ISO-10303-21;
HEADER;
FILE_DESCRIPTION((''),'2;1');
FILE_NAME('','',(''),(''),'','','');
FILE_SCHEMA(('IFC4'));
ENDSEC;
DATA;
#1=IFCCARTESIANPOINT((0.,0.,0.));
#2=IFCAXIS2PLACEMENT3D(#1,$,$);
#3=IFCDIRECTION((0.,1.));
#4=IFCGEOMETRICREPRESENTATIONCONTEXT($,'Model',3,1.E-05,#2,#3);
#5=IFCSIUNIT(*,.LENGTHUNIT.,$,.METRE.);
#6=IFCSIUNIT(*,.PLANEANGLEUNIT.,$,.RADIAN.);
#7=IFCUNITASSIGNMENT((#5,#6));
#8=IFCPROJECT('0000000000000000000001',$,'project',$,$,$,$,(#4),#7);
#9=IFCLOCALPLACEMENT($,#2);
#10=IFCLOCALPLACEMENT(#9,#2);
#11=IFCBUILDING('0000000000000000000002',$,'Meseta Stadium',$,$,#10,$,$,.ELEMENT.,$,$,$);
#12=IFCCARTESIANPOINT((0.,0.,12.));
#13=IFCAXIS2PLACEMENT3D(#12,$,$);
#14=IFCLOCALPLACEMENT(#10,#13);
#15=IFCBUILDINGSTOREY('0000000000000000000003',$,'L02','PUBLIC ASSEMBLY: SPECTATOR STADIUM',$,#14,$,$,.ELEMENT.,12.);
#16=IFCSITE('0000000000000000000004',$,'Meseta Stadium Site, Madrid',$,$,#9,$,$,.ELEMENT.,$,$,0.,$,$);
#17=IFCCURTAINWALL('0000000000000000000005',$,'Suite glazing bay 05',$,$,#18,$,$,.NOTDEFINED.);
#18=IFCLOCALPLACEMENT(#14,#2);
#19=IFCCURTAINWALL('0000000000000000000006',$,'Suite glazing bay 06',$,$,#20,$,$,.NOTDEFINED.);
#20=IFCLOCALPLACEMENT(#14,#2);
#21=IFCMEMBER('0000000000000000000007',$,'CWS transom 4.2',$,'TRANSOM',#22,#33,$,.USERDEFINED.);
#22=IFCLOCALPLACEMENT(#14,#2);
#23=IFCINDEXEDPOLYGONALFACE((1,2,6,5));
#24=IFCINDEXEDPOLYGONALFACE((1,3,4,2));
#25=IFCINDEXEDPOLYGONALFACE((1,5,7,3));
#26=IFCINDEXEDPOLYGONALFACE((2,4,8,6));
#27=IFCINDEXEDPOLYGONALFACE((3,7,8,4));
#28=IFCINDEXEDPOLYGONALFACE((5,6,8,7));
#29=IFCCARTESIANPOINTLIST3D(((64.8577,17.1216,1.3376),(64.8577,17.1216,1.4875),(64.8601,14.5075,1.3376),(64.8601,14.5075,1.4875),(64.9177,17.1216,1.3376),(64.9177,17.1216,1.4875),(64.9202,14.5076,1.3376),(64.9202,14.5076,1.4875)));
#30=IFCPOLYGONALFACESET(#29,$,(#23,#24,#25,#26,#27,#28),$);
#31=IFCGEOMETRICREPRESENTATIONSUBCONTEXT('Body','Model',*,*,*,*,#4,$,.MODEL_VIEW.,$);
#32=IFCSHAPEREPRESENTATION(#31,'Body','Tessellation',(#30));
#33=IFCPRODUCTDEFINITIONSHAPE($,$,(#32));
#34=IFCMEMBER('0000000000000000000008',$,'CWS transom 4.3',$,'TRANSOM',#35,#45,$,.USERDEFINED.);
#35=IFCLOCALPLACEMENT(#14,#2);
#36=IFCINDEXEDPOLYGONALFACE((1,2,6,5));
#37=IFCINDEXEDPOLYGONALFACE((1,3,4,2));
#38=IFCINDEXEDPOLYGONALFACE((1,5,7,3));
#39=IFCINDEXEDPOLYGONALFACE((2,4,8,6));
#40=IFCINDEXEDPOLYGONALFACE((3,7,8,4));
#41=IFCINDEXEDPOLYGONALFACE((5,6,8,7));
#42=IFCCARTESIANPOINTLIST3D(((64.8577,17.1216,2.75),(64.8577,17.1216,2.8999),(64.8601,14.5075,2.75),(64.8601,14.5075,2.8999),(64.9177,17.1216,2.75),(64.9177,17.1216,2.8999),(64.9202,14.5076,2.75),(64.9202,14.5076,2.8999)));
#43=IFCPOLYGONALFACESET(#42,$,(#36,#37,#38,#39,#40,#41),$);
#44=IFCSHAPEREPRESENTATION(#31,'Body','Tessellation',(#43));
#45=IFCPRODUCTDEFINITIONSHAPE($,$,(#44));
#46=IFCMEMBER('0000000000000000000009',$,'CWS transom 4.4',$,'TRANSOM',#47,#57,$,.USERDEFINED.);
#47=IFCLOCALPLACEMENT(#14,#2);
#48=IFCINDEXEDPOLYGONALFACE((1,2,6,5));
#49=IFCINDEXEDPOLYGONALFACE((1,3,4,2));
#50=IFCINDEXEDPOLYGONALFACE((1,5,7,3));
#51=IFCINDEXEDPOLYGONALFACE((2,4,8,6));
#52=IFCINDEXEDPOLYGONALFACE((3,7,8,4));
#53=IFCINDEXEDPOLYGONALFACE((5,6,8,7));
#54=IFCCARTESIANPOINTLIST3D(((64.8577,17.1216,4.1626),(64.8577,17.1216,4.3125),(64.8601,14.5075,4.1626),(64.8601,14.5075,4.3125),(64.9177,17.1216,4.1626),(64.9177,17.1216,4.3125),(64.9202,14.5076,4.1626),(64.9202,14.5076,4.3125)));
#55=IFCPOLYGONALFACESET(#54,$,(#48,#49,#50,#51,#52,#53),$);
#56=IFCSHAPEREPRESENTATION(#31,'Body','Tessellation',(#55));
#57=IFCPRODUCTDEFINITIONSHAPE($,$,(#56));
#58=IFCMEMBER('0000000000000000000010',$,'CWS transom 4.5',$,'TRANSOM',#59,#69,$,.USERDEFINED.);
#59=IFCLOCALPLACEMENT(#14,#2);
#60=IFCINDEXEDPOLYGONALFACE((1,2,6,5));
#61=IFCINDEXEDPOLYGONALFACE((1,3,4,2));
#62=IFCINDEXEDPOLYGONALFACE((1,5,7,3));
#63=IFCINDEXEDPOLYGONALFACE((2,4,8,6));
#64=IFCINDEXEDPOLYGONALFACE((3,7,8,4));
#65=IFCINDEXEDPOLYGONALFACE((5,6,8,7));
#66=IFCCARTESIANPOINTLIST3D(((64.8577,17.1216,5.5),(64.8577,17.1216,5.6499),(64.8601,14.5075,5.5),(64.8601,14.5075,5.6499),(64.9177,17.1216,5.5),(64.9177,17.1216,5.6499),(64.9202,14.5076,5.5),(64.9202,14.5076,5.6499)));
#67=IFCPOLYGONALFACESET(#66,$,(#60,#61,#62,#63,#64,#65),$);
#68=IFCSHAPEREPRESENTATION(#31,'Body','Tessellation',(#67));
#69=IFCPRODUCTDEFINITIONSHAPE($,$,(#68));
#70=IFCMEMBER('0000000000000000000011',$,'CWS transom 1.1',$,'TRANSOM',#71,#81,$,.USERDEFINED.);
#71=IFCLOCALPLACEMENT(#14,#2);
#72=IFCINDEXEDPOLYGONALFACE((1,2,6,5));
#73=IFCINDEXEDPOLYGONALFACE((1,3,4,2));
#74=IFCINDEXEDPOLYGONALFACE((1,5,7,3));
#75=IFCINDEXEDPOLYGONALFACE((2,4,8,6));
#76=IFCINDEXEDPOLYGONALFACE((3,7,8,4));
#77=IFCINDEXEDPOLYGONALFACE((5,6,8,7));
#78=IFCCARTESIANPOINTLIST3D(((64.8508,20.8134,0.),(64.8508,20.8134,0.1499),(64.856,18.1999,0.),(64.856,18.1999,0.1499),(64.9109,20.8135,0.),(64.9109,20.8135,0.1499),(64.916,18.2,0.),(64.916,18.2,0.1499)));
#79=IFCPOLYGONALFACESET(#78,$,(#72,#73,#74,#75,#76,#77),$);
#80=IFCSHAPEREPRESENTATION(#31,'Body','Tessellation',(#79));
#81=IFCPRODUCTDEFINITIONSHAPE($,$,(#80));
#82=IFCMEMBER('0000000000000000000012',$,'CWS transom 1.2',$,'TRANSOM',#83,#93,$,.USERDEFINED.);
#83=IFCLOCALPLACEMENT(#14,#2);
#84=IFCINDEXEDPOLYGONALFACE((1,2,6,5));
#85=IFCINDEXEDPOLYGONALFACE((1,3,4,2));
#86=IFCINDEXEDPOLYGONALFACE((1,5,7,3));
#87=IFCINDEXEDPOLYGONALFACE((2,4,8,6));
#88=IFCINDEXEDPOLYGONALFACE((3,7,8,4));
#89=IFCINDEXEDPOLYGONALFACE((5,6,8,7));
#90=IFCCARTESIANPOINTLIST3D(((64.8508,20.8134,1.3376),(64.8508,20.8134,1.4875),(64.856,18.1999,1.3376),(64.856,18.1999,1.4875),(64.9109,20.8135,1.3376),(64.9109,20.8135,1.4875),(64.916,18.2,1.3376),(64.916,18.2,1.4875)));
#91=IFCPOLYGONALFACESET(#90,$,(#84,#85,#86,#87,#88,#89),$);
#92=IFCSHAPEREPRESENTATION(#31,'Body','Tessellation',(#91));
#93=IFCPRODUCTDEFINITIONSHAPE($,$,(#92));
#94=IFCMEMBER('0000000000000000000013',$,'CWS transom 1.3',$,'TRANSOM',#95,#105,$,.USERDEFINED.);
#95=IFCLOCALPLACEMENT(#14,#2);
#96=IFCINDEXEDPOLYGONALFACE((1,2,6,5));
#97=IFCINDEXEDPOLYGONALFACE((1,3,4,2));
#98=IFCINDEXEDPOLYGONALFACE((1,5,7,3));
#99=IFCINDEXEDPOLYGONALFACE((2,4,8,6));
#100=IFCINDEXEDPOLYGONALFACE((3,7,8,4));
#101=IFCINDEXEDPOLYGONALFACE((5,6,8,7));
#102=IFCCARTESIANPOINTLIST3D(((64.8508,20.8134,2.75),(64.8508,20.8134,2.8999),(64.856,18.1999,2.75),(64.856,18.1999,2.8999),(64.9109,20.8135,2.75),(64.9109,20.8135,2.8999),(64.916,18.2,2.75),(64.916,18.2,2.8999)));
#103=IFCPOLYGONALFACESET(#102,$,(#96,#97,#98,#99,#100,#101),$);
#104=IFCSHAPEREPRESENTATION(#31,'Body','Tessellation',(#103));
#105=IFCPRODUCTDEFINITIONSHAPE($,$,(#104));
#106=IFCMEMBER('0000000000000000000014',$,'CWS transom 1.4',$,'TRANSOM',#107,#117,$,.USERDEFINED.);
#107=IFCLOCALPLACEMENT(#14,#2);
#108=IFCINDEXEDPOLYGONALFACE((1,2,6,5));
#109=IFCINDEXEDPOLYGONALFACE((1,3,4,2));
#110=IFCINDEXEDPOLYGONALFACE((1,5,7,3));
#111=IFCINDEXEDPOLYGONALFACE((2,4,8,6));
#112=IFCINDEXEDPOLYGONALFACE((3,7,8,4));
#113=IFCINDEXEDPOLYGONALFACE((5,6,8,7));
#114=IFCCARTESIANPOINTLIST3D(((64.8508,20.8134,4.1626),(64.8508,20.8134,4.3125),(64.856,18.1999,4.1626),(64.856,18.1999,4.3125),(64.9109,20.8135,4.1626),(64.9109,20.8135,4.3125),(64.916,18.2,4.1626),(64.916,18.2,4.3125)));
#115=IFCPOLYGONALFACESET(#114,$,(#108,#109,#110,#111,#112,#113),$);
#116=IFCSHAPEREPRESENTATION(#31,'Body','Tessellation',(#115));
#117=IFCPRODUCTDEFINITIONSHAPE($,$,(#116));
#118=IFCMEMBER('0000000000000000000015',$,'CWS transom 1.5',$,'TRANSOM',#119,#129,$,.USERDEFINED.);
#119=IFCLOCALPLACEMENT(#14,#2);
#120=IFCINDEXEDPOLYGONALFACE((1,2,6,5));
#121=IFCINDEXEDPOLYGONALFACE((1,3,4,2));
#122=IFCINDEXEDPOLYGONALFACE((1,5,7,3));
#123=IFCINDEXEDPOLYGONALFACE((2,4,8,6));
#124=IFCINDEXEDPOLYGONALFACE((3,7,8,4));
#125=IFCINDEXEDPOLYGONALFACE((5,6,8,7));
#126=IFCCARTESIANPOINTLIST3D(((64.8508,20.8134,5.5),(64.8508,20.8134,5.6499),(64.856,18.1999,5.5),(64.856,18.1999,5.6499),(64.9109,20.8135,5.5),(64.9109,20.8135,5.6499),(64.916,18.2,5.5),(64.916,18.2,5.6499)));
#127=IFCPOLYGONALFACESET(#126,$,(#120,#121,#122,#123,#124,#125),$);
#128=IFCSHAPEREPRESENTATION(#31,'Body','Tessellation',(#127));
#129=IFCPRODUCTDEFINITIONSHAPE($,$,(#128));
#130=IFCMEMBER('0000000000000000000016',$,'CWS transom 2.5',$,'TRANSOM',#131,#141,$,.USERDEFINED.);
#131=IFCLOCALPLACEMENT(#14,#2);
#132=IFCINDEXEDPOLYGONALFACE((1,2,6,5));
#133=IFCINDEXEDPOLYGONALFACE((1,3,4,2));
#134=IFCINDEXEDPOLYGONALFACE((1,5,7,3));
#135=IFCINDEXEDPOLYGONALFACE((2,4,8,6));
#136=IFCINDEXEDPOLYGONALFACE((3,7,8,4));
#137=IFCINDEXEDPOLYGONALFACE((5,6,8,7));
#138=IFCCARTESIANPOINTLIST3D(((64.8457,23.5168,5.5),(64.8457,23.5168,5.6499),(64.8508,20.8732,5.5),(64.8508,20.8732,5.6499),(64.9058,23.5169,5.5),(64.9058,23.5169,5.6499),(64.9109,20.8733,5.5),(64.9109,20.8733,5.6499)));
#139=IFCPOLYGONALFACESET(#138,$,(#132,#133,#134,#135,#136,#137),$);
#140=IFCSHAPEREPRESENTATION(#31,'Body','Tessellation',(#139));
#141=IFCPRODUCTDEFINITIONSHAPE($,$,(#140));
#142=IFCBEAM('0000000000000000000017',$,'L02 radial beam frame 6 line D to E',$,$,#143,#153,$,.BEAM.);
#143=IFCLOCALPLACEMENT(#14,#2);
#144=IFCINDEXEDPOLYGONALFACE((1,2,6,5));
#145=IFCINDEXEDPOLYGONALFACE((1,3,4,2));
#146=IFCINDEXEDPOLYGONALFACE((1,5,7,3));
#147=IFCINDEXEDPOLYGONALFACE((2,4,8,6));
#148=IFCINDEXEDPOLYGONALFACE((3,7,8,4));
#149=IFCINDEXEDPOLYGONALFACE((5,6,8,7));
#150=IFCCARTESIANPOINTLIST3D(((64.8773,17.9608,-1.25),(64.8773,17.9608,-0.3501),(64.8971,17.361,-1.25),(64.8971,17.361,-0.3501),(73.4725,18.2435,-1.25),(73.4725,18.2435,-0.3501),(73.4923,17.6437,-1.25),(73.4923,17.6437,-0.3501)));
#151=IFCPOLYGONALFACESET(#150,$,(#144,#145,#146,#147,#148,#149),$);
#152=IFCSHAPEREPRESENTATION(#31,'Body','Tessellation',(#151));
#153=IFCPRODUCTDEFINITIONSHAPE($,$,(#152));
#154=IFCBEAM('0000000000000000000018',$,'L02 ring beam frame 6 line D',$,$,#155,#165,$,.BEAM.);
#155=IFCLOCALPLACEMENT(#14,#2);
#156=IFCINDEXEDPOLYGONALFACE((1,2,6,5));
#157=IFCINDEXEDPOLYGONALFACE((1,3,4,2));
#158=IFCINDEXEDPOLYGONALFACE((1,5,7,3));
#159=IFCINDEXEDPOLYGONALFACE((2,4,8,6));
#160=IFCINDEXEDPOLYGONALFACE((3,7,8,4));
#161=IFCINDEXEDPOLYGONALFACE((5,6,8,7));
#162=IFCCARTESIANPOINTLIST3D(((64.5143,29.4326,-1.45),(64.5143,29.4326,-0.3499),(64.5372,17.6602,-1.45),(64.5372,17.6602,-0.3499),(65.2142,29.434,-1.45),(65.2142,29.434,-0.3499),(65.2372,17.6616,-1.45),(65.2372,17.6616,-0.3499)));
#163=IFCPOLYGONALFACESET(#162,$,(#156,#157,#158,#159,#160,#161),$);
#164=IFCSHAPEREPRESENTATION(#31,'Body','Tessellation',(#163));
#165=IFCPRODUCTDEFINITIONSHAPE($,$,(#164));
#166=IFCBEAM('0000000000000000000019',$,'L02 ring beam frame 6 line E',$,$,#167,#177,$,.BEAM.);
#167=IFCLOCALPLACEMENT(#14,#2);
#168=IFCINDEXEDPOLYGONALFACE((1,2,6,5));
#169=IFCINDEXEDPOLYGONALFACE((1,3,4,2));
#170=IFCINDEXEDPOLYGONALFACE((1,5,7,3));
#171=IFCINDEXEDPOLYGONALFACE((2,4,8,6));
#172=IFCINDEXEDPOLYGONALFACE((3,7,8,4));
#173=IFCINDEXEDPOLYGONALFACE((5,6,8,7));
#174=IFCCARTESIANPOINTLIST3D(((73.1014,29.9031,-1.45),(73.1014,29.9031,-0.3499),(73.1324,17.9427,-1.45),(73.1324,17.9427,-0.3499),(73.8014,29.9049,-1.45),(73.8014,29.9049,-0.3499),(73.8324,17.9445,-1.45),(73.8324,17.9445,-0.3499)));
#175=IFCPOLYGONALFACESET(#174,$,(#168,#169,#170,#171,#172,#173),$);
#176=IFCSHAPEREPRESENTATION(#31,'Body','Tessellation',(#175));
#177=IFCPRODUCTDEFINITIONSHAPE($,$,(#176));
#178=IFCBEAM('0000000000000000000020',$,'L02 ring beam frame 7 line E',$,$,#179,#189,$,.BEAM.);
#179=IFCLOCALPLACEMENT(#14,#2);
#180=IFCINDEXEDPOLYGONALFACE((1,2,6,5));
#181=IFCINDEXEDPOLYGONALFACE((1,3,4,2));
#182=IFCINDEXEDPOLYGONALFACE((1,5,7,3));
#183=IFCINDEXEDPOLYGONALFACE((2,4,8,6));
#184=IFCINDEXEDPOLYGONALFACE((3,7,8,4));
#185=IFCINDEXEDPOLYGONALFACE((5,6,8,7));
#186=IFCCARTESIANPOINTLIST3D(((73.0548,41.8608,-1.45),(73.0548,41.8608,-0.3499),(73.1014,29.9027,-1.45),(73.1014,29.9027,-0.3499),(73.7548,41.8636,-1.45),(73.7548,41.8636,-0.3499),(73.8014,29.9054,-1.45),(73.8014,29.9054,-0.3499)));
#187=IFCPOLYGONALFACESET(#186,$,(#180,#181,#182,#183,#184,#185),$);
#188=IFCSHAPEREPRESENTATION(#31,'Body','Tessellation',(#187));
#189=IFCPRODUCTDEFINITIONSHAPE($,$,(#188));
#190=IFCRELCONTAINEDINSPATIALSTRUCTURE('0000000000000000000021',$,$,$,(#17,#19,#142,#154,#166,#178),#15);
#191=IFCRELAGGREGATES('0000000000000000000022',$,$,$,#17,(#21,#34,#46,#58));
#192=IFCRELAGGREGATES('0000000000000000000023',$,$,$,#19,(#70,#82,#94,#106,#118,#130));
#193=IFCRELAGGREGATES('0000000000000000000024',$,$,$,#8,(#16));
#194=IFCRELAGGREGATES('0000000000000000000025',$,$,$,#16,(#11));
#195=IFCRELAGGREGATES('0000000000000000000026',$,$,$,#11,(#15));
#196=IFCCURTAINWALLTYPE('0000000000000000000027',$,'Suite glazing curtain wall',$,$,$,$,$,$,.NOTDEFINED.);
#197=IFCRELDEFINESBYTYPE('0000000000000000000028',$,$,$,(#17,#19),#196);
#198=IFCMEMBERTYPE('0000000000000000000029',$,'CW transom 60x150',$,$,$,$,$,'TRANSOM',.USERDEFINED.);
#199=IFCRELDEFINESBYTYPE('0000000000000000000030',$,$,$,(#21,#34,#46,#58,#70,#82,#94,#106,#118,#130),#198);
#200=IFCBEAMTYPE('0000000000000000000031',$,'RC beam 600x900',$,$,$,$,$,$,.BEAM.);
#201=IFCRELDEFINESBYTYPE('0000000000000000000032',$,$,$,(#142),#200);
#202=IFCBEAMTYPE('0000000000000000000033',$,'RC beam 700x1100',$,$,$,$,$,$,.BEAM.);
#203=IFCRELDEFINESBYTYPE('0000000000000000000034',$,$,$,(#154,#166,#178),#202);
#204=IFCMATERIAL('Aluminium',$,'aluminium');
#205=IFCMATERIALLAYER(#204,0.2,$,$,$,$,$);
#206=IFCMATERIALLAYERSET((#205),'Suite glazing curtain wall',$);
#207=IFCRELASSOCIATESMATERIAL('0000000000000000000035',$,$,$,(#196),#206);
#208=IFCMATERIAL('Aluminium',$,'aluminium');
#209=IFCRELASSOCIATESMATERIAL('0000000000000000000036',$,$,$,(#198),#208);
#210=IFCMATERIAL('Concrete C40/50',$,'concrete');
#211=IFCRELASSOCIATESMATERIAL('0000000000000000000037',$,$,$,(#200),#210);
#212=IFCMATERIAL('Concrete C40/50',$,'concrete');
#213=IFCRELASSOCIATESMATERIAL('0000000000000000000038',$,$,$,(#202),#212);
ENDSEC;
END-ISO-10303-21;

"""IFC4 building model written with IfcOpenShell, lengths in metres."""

from ifc_helpers import new_model, si_unit, direction, frame, origin, origin_2d, place, context, subcontext, project, spatial, rectangle, extrude, material, layer, layer_set, material_profile, profile_set, type_object, element, aggregate, save


model = new_model("IFC4")

# Units and contexts
model_context = context("Model", 3, precision=1e-05, world=origin(), true_north=direction((0.0, 1.0)))
body_context = subcontext(model_context, "Body", "Model", "MODEL_VIEW")
ifc_project = project(units=[si_unit("LENGTHUNIT", "METRE"), si_unit("PLANEANGLEUNIT", "RADIAN")], contexts=[model_context])

# Site, building, storey
site_placement = place(None, origin())
site = spatial("IfcSite", under=ifc_project, at=site_placement, Name="Meseta Stadium Site, Madrid", CompositionType="ELEMENT", RefElevation=0.0)
building_placement = place(site_placement, origin())
building = spatial("IfcBuilding", under=site, at=building_placement, Name="Meseta Stadium", CompositionType="ELEMENT")
storey_placement = place(building_placement, frame((0.0, 0.0, 12.0)))
storey = spatial("IfcBuildingStorey", under=building, at=storey_placement, Name="L02", Description="PUBLIC ASSEMBLY: SPECTATOR STADIUM", CompositionType="ELEMENT", Elevation=12.0)

# Curtain wall
ifc_material_1 = material(Name="Aluminium", Category="aluminium")
ifc_layer_1 = layer(ifc_material_1, 0.2)
ifc_layer_set_1 = layer_set([ifc_layer_1], Name="Suite glazing curtain wall")
curtain_wall_type = type_object("IfcCurtainWallType", Name="Suite glazing curtain wall", PredefinedType="NOTDEFINED", material=ifc_layer_set_1)
curtain_wall_1_placement = place(storey_placement, origin())
curtain_wall_1 = element("IfcCurtainWall", 1, at=curtain_wall_1_placement, inside=storey, type_object=curtain_wall_type, Name="Suite glazing bay 05", PredefinedType="NOTDEFINED")

# Curtain wall
curtain_wall_2_placement = place(storey_placement, origin())
curtain_wall_2 = element("IfcCurtainWall", 2, at=curtain_wall_2_placement, inside=storey, type_object=curtain_wall_type, Name="Suite glazing bay 06", PredefinedType="NOTDEFINED")

# Members
ifc_material_2 = material(Name="Aluminium", Category="aluminium")
ifc_material_profile_1 = material_profile(ifc_material_2, rectangle(XDim=0.0601, YDim=0.1499, at=origin_2d()), Name="CW 60x150")
ifc_profile_set_1 = profile_set([ifc_material_profile_1], Name="Aluminium")
member_type_1 = type_object("IfcMemberType", Name="CW transom 60x150", ElementType="TRANSOM", PredefinedType="USERDEFINED", material=ifc_profile_set_1)
member_1_placement = place(storey_placement, frame((64.8901, 14.5076, 1.4126), z_axis=(-0.000934, 1.0, 0.0), x_axis=(-1.0, -0.000934, 0.0)))
member_1 = element("IfcMember", 3, at=member_1_placement, type_object=member_type_1, Name="CWS transom 4.2", ObjectType="TRANSOM", PredefinedType="USERDEFINED", context=body_context, shape_type="SweptSolid", body=[
    extrude(rectangle(XDim=0.0601, YDim=0.1499, at=origin_2d()), origin(), (0.0, 0.0, 1.0), 2.614),
])
member_2_placement = place(storey_placement, frame((64.8901, 14.5076, 2.825), z_axis=(-0.000934, 1.0, 0.0), x_axis=(-1.0, -0.000934, 0.0)))
member_2 = element("IfcMember", 4, at=member_2_placement, type_object=member_type_1, Name="CWS transom 4.3", ObjectType="TRANSOM", PredefinedType="USERDEFINED", context=body_context, shape_type="SweptSolid", body=[
    extrude(rectangle(XDim=0.0601, YDim=0.1499, at=origin_2d()), origin(), (0.0, 0.0, 1.0), 2.614),
])
member_3_placement = place(storey_placement, frame((64.8901, 14.5076, 4.2375), z_axis=(-0.000934, 1.0, 0.0), x_axis=(-1.0, -0.000934, 0.0)))
member_3 = element("IfcMember", 5, at=member_3_placement, type_object=member_type_1, Name="CWS transom 4.4", ObjectType="TRANSOM", PredefinedType="USERDEFINED", context=body_context, shape_type="SweptSolid", body=[
    extrude(rectangle(XDim=0.0601, YDim=0.1499, at=origin_2d()), origin(), (0.0, 0.0, 1.0), 2.614),
])
member_4_placement = place(storey_placement, frame((64.8901, 14.5076, 5.575), z_axis=(-0.000934, 1.0, 0.0), x_axis=(-1.0, -0.000934, 0.0)))
member_4 = element("IfcMember", 6, at=member_4_placement, type_object=member_type_1, Name="CWS transom 4.5", ObjectType="TRANSOM", PredefinedType="USERDEFINED", context=body_context, shape_type="SweptSolid", body=[
    extrude(rectangle(XDim=0.0601, YDim=0.1499, at=origin_2d()), origin(), (0.0, 0.0, 1.0), 2.614),
])
member_5_placement = place(storey_placement, frame((64.886, 18.2, 0.075), z_axis=(-0.001962, 0.999998, 0.0), x_axis=(-0.999998, -0.001962, 0.0)))
member_5 = element("IfcMember", 7, at=member_5_placement, type_object=member_type_1, Name="CWS transom 1.1", ObjectType="TRANSOM", PredefinedType="USERDEFINED", context=body_context, shape_type="SweptSolid", body=[
    extrude(rectangle(XDim=0.0601, YDim=0.1499, at=origin_2d()), origin(), (0.0, 0.0, 1.0), 2.6135),
])
member_6_placement = place(storey_placement, frame((64.886, 18.2, 1.4126), z_axis=(-0.001962, 0.999998, 0.0), x_axis=(-0.999998, -0.001962, 0.0)))
member_6 = element("IfcMember", 8, at=member_6_placement, type_object=member_type_1, Name="CWS transom 1.2", ObjectType="TRANSOM", PredefinedType="USERDEFINED", context=body_context, shape_type="SweptSolid", body=[
    extrude(rectangle(XDim=0.0601, YDim=0.1499, at=origin_2d()), origin(), (0.0, 0.0, 1.0), 2.6135),
])
member_7_placement = place(storey_placement, frame((64.886, 18.2, 2.825), z_axis=(-0.001962, 0.999998, 0.0), x_axis=(-0.999998, -0.001962, 0.0)))
member_7 = element("IfcMember", 9, at=member_7_placement, type_object=member_type_1, Name="CWS transom 1.3", ObjectType="TRANSOM", PredefinedType="USERDEFINED", context=body_context, shape_type="SweptSolid", body=[
    extrude(rectangle(XDim=0.0601, YDim=0.1499, at=origin_2d()), origin(), (0.0, 0.0, 1.0), 2.6135),
])
member_8_placement = place(storey_placement, frame((64.886, 18.2, 4.2375), z_axis=(-0.001962, 0.999998, 0.0), x_axis=(-0.999998, -0.001962, 0.0)))
member_8 = element("IfcMember", 10, at=member_8_placement, type_object=member_type_1, Name="CWS transom 1.4", ObjectType="TRANSOM", PredefinedType="USERDEFINED", context=body_context, shape_type="SweptSolid", body=[
    extrude(rectangle(XDim=0.0601, YDim=0.1499, at=origin_2d()), origin(), (0.0, 0.0, 1.0), 2.6135),
])
member_9_placement = place(storey_placement, frame((64.886, 18.2, 5.575), z_axis=(-0.001962, 0.999998, 0.0), x_axis=(-0.999998, -0.001962, 0.0)))
member_9 = element("IfcMember", 11, at=member_9_placement, type_object=member_type_1, Name="CWS transom 1.5", ObjectType="TRANSOM", PredefinedType="USERDEFINED", context=body_context, shape_type="SweptSolid", body=[
    extrude(rectangle(XDim=0.0601, YDim=0.1499, at=origin_2d()), origin(), (0.0, 0.0, 1.0), 2.6135),
])
member_10_placement = place(storey_placement, frame((64.8809, 20.8733, 5.575), z_axis=(-0.001939, 0.999998, 0.0), x_axis=(-0.999998, -0.001939, 0.0)))
member_10 = element("IfcMember", 12, at=member_10_placement, type_object=member_type_1, Name="CWS transom 2.5", ObjectType="TRANSOM", PredefinedType="USERDEFINED", context=body_context, shape_type="SweptSolid", body=[
    extrude(rectangle(XDim=0.0601, YDim=0.1499, at=origin_2d()), origin(), (0.0, 0.0, 1.0), 2.6436),
])

# Beams
ifc_material_3 = material(Name="Concrete C40/50", Category="concrete")
ifc_material_profile_2 = material_profile(ifc_material_3, rectangle(XDim=0.6001, YDim=0.8999, at=origin_2d()), Name="RC 600x900")
ifc_profile_set_2 = profile_set([ifc_material_profile_2], Name="Concrete C40/50")
beam_type_1 = type_object("IfcBeamType", Name="RC beam 600x900", PredefinedType="BEAM", material=ifc_profile_set_2)
beam_1_placement = place(storey_placement, frame((64.8872, 17.6609, -0.8), z_axis=(0.999459, 0.032874, 0.0), x_axis=(-0.032874, 0.999459, 0.0)))
element("IfcBeam", 13, at=beam_1_placement, inside=storey, type_object=beam_type_1, Name="L02 radial beam frame 6 line D to E", PredefinedType="BEAM", context=body_context, shape_type="SweptSolid", body=[
    extrude(rectangle(XDim=0.6001, YDim=0.8999, at=origin_2d()), origin(), (0.0, 0.0, 1.0), 8.5999),
])
ifc_material_4 = material(Name="Concrete C40/50", Category="concrete")
ifc_material_profile_3 = material_profile(ifc_material_4, rectangle(XDim=0.7, YDim=1.1001, at=origin_2d()), Name="RC 700x1100")
ifc_profile_set_3 = profile_set([ifc_material_profile_3], Name="Concrete C40/50")
beam_type_2 = type_object("IfcBeamType", Name="RC beam 700x1100", PredefinedType="BEAM", material=ifc_profile_set_3)
beam_2_placement = place(storey_placement, frame((64.8872, 17.6609, -0.8999), z_axis=(-0.001949, 0.999998, 0.0), x_axis=(-0.999998, -0.001949, 0.0)))
element("IfcBeam", 14, at=beam_2_placement, inside=storey, type_object=beam_type_2, Name="L02 ring beam frame 6 line D", PredefinedType="BEAM", context=body_context, shape_type="SweptSolid", body=[
    extrude(rectangle(XDim=0.7, YDim=1.1001, at=origin_2d()), origin(), (0.0, 0.0, 1.0), 11.7725),
])
beam_3_placement = place(storey_placement, frame((73.4824, 17.9436, -0.8999), z_axis=(-0.002592, 0.999997, 0.0), x_axis=(-0.999997, -0.002592, 0.0)))
element("IfcBeam", 15, at=beam_3_placement, inside=storey, type_object=beam_type_2, Name="L02 ring beam frame 6 line E", PredefinedType="BEAM", context=body_context, shape_type="SweptSolid", body=[
    extrude(rectangle(XDim=0.7, YDim=1.1001, at=origin_2d()), origin(), (0.0, 0.0, 1.0), 11.9604),
])
beam_4_placement = place(storey_placement, frame((73.4514, 29.9041, -0.8999), z_axis=(-0.003899, 0.999992, 0.0), x_axis=(-0.999992, -0.003899, 0.0)))
element("IfcBeam", 16, at=beam_4_placement, inside=storey, type_object=beam_type_2, Name="L02 ring beam frame 7 line E", PredefinedType="BEAM", context=body_context, shape_type="SweptSolid", body=[
    extrude(rectangle(XDim=0.7, YDim=1.1001, at=origin_2d()), origin(), (0.0, 0.0, 1.0), 11.9583),
])

aggregate(curtain_wall_1, [member_1, member_2, member_3, member_4])
aggregate(curtain_wall_2, [member_5, member_6, member_7, member_8, member_9, member_10])

save(model, "model.ifc")
